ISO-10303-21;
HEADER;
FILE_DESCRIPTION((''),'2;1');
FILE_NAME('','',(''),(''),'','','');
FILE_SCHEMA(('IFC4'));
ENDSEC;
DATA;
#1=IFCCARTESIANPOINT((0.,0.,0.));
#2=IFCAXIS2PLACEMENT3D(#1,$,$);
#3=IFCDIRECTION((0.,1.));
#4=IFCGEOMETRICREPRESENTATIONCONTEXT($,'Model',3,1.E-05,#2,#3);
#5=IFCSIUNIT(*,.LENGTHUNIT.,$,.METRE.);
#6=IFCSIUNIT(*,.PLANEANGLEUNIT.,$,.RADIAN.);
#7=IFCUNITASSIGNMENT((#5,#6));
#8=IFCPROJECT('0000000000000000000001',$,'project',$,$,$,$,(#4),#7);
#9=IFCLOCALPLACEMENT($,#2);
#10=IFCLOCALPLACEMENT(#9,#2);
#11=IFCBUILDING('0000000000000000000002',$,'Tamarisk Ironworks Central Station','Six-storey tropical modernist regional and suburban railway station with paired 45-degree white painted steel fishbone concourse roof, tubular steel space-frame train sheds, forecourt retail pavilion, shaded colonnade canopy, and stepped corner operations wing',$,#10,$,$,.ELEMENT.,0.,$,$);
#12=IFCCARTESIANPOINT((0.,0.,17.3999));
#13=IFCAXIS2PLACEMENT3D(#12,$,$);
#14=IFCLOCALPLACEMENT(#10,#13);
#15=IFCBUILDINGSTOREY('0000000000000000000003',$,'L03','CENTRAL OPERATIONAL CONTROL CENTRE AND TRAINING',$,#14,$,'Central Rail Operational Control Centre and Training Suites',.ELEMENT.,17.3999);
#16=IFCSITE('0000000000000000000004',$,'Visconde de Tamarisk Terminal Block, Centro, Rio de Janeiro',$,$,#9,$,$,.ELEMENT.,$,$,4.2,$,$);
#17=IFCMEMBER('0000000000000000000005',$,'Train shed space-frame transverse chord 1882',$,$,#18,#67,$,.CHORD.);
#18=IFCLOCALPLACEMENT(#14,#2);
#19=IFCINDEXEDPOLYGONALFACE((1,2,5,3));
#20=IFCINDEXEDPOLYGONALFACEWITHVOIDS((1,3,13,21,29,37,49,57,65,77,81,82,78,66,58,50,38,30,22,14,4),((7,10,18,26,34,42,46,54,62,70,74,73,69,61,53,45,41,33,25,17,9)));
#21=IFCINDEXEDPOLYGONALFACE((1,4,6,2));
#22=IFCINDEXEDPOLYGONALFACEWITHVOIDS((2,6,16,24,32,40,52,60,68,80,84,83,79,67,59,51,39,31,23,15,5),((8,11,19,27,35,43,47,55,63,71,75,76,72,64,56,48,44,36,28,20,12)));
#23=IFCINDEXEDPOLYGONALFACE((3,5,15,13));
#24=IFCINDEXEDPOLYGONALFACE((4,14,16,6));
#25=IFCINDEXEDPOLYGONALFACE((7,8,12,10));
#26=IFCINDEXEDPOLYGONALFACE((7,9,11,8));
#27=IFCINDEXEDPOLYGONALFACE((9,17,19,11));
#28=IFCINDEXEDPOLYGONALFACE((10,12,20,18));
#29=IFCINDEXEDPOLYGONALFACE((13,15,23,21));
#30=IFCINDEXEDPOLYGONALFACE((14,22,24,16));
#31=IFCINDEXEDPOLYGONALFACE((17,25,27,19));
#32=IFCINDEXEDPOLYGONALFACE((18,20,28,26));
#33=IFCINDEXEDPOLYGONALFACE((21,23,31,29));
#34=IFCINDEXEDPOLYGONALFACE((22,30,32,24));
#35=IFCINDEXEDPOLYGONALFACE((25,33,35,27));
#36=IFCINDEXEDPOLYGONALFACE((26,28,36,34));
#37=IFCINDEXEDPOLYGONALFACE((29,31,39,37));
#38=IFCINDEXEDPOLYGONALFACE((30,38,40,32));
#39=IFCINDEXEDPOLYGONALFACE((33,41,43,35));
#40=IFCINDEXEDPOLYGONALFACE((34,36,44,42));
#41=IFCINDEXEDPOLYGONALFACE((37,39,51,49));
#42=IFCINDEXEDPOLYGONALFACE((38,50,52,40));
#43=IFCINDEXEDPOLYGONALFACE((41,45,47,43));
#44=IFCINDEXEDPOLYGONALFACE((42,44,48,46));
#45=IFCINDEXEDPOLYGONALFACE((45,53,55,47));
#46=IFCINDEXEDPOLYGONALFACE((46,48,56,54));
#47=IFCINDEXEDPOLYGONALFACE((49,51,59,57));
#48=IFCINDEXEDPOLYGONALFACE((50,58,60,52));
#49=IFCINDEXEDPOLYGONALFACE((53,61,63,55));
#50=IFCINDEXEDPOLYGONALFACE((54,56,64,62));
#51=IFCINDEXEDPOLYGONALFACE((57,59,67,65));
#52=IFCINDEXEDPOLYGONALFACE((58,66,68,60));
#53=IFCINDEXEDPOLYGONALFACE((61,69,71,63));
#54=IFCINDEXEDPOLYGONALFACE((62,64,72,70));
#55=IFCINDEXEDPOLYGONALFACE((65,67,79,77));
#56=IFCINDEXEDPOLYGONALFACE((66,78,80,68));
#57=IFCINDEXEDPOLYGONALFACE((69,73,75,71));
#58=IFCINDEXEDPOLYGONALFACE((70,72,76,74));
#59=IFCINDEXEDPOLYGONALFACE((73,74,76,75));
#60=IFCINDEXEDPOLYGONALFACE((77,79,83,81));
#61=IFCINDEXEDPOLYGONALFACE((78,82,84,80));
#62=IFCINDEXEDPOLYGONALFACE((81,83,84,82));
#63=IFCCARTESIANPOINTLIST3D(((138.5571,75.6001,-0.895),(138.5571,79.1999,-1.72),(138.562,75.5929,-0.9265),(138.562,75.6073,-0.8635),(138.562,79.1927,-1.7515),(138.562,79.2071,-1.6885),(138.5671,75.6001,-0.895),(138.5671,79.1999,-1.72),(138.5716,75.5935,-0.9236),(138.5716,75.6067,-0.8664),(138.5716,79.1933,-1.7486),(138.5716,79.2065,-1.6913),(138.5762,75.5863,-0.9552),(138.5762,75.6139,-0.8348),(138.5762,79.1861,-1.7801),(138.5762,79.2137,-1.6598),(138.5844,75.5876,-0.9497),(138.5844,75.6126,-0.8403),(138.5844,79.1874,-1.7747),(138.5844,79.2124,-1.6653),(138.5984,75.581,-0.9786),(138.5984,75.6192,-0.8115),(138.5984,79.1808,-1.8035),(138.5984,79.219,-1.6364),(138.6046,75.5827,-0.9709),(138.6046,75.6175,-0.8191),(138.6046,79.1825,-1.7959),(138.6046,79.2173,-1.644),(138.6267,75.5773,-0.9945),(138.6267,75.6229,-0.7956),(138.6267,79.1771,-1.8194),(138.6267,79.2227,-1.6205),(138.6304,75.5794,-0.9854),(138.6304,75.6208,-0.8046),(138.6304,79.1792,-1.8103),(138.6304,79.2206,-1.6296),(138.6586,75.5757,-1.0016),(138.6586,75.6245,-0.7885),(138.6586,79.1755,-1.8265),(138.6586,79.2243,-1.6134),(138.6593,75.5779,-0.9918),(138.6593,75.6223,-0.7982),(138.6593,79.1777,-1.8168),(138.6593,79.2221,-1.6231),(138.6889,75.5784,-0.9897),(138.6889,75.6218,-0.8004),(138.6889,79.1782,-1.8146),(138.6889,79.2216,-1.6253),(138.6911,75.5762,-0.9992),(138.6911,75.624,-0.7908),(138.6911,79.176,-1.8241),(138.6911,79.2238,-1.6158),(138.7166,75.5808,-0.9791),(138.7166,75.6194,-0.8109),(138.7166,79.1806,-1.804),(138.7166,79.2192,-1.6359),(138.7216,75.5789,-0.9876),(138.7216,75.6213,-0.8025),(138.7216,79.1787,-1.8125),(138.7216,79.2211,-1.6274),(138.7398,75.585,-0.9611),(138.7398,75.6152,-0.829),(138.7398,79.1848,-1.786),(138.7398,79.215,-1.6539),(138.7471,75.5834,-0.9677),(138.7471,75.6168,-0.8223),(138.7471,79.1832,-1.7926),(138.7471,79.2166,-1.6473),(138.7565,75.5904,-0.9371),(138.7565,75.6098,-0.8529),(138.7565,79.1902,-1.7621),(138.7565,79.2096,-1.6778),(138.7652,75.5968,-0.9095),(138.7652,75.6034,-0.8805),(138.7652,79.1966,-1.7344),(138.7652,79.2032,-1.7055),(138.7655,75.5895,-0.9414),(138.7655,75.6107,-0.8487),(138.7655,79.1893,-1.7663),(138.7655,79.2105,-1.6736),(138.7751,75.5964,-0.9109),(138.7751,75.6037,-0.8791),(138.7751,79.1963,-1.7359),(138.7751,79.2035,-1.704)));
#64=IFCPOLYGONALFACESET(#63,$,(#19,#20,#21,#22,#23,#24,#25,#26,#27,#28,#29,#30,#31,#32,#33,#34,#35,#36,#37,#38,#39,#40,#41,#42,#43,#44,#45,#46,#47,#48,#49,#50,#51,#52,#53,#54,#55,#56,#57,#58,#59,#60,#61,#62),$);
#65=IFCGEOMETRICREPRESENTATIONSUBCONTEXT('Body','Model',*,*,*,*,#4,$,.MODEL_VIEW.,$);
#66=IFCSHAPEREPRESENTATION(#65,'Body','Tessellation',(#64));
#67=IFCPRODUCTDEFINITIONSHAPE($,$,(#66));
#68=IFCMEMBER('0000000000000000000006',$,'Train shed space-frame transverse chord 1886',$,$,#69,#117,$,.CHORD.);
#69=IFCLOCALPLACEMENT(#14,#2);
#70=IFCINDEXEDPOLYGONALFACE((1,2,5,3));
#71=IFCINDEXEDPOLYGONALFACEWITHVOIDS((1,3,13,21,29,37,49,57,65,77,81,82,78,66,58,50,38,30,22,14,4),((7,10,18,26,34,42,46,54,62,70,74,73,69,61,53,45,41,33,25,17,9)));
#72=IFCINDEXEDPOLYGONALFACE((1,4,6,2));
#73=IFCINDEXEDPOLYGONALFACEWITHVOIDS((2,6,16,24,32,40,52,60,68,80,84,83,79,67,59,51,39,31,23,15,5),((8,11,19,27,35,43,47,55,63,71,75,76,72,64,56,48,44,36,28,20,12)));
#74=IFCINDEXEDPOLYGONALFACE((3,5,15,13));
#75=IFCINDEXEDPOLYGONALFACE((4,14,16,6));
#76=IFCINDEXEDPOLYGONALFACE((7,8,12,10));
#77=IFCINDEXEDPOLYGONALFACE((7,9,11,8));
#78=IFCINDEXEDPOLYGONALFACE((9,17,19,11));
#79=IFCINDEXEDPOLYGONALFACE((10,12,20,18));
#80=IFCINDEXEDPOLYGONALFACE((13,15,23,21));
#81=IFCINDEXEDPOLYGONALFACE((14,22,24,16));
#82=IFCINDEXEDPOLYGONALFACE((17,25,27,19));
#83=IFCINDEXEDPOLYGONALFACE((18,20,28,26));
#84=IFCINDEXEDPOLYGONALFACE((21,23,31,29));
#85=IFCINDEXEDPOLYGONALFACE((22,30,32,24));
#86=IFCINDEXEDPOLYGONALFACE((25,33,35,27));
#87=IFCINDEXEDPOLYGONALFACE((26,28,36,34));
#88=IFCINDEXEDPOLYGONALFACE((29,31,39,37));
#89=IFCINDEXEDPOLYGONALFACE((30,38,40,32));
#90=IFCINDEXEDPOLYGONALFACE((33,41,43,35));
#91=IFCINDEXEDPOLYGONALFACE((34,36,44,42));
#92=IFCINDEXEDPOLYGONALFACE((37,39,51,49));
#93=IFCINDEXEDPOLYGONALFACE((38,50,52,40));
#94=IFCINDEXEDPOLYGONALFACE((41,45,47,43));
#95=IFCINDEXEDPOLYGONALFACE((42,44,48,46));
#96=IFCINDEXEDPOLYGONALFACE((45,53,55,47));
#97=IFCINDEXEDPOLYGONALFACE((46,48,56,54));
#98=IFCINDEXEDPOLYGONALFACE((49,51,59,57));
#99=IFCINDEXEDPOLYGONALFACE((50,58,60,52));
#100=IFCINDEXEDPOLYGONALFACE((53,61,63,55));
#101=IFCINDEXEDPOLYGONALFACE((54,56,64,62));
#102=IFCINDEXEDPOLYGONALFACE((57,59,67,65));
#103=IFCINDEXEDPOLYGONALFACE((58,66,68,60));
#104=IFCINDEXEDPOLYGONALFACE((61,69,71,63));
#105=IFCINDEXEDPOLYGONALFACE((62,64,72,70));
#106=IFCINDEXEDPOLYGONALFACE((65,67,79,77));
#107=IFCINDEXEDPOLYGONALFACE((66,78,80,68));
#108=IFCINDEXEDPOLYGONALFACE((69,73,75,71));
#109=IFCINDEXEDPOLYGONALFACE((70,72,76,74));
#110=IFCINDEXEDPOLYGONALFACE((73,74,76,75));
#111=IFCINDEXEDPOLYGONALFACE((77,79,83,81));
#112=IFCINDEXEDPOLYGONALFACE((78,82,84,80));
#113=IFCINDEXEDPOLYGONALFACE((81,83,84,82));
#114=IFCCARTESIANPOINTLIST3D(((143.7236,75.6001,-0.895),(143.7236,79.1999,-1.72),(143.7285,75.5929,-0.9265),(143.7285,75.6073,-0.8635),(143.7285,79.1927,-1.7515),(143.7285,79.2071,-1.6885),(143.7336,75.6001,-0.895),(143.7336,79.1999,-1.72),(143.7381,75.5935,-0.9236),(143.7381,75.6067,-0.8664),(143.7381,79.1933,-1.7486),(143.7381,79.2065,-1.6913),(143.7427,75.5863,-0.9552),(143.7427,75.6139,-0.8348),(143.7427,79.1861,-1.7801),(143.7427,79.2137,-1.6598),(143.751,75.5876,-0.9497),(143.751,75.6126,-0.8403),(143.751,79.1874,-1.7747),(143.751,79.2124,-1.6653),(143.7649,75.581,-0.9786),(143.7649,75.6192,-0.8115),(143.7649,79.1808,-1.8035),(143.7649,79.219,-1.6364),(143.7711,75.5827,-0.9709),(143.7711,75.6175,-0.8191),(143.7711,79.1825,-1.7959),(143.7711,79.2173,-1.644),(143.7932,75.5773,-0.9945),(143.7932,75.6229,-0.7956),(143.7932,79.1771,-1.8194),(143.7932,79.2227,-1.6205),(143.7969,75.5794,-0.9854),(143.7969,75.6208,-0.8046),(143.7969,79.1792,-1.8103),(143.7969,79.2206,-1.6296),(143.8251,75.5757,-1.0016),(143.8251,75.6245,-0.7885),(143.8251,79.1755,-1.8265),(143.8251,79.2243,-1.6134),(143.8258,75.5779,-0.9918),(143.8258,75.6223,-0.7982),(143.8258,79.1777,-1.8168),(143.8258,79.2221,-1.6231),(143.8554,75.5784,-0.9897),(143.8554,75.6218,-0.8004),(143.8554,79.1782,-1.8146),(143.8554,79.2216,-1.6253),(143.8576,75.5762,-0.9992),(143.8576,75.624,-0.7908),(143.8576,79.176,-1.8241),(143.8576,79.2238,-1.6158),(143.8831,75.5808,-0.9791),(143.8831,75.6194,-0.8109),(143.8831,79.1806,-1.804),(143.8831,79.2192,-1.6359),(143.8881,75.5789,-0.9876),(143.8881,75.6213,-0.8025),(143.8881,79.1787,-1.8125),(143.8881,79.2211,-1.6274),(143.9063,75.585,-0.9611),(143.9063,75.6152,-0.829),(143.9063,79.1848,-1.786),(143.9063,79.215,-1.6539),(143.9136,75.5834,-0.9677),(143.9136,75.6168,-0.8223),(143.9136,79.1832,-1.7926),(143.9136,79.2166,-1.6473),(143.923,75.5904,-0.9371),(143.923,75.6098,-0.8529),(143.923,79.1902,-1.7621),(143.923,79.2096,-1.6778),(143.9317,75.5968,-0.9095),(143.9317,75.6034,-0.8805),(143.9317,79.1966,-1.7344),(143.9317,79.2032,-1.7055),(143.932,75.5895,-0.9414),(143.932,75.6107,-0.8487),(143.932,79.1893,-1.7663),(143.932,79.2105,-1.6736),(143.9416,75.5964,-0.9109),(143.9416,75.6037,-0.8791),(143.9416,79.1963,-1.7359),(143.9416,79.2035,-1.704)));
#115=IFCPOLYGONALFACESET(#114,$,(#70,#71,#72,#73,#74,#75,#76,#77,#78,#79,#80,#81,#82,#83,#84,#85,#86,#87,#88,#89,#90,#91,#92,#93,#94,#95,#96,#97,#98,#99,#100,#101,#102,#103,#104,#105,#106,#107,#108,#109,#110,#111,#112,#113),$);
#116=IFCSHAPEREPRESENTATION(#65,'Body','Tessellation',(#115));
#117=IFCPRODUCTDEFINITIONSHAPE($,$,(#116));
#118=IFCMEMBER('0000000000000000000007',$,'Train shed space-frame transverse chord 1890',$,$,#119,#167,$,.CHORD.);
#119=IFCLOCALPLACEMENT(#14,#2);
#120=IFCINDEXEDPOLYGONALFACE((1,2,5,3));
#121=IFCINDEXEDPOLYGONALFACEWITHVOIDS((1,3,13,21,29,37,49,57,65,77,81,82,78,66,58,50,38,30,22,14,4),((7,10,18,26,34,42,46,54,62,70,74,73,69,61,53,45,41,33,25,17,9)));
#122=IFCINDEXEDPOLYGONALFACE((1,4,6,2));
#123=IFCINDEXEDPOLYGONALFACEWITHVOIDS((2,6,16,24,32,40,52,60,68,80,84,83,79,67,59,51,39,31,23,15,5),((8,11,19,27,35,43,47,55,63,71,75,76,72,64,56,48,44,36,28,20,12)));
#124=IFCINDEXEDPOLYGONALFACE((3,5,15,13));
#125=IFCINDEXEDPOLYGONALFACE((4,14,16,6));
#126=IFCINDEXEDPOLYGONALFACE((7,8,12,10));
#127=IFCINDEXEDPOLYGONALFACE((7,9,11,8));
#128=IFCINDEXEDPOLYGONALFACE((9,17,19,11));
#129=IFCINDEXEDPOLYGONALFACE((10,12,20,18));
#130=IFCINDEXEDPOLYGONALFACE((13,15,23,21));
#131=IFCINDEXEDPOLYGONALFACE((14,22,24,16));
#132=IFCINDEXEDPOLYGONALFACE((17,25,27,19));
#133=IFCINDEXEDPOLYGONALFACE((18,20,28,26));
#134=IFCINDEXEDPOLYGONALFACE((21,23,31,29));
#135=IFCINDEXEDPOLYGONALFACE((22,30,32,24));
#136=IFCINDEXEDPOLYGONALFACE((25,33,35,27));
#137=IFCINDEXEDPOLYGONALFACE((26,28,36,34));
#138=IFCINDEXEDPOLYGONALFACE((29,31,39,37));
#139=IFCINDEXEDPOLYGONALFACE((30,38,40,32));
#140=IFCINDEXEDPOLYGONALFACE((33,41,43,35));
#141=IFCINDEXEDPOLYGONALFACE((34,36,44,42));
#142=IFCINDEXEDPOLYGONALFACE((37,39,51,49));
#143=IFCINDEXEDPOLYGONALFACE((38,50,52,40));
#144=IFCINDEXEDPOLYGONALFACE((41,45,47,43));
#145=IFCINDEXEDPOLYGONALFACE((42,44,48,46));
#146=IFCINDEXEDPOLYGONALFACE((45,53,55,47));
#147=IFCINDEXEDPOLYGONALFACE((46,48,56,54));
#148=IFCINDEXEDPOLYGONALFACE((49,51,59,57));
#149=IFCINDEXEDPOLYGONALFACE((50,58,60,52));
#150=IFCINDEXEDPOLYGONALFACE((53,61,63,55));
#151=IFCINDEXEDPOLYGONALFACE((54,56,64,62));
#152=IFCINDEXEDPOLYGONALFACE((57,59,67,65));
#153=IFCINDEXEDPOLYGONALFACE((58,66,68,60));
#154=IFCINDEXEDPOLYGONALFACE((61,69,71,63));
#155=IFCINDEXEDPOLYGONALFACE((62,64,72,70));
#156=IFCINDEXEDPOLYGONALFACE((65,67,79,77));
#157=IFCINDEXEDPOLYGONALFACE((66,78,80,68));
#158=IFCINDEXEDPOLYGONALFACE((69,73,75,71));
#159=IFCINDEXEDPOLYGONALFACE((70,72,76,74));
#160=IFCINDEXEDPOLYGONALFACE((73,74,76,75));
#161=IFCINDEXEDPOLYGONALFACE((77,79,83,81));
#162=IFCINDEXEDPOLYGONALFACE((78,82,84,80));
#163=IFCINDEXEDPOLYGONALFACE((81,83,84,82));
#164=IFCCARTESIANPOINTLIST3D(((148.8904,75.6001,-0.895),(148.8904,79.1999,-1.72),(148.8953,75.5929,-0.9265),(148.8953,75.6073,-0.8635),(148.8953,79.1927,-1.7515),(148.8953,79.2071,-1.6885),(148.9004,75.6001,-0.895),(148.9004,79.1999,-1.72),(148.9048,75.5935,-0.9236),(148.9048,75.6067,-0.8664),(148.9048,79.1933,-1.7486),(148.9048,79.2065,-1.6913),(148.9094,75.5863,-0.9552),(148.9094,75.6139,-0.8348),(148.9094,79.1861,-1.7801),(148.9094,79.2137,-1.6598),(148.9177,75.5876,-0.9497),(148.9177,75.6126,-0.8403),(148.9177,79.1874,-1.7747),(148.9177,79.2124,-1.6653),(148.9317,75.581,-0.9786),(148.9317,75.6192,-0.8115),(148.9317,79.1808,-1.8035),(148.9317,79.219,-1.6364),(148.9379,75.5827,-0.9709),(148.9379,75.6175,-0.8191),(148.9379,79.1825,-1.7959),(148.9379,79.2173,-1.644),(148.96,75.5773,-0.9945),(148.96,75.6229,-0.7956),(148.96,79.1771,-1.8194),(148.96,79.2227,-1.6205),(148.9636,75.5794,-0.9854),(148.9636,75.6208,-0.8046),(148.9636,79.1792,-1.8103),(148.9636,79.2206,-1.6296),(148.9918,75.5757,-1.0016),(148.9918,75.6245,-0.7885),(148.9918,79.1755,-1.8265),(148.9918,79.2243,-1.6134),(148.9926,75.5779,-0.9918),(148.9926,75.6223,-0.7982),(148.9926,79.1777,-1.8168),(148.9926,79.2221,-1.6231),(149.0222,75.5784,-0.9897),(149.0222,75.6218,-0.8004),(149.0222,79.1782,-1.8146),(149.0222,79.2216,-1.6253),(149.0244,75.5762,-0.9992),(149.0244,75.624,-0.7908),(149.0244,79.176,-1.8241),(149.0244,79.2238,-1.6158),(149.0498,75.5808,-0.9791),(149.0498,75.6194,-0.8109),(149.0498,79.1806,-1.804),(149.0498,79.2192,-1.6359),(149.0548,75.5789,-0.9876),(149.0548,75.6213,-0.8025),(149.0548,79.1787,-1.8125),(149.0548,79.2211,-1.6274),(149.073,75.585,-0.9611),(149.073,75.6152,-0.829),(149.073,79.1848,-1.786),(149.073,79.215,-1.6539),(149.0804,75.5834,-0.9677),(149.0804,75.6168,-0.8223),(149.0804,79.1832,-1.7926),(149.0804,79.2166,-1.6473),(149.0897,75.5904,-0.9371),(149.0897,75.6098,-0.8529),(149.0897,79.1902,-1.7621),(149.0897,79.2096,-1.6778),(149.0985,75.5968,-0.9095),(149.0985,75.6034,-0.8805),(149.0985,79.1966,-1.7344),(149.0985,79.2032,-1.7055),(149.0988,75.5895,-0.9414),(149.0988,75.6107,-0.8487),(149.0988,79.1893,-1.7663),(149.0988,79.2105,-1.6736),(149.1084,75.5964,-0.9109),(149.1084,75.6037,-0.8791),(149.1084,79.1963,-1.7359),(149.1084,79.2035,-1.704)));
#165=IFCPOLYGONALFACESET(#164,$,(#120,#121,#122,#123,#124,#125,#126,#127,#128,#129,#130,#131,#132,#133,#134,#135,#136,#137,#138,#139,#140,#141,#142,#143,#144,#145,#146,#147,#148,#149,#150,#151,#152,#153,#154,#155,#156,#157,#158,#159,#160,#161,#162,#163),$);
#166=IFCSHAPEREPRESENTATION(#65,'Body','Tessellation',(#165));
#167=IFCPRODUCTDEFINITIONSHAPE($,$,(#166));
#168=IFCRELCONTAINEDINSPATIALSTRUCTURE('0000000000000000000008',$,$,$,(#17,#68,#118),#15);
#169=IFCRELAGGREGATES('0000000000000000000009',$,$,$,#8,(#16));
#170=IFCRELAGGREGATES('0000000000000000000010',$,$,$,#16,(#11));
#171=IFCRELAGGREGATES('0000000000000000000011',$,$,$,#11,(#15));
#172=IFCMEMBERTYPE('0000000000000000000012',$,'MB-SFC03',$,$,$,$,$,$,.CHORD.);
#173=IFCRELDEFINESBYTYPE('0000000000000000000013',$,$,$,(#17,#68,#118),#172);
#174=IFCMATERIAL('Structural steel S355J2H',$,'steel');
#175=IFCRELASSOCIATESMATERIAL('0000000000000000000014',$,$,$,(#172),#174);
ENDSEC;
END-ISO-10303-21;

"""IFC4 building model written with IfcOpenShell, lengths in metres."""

from ifc_helpers import new_model, si_unit, direction, frame, origin, origin_2d, place, context, subcontext, project, spatial, hollow_circle, extrude, material, material_profile, profile_set, type_object, element, save


model = new_model("IFC4")

# Units and contexts
model_context = context("Model", 3, precision=1e-05, world=origin(), true_north=direction((0.0, 1.0)))
body_context = subcontext(model_context, "Body", "Model", "MODEL_VIEW")
ifc_project = project(units=[si_unit("LENGTHUNIT", "METRE"), si_unit("PLANEANGLEUNIT", "RADIAN")], contexts=[model_context])

# Site, building, storey
site_placement = place(None, origin())
site = spatial("IfcSite", under=ifc_project, at=site_placement, Name="Visconde de Tamarisk Terminal Block, Centro, Rio de Janeiro", CompositionType="ELEMENT", RefElevation=4.2)
building_placement = place(site_placement, origin())
building = spatial("IfcBuilding", under=site, at=building_placement, Name="Tamarisk Ironworks Central Station", Description="Six-storey tropical modernist regional and suburban railway station with paired 45-degree white painted steel fishbone concourse roof, tubular steel space-frame train sheds, forecourt retail pavilion, shaded colonnade canopy, and stepped corner operations wing", CompositionType="ELEMENT", ElevationOfRefHeight=0.0)
storey_placement = place(building_placement, frame((0.0, 0.0, 17.3999)))
storey = spatial("IfcBuildingStorey", under=building, at=storey_placement, Name="L03", Description="CENTRAL OPERATIONAL CONTROL CENTRE AND TRAINING", LongName="Central Rail Operational Control Centre and Training Suites", CompositionType="ELEMENT", Elevation=17.3999)

# Members
ifc_material = material(Name="Structural steel S355J2H", Category="steel")
ifc_material_profile_1 = material_profile(ifc_material, hollow_circle(Radius=0.1096, WallThickness=0.01, at=origin_2d()), Name="CHS 219.1x10")
ifc_profile_set_1 = profile_set([ifc_material_profile_1], Name="Structural steel S355J2H")
member_type_1 = type_object("IfcMemberType", Name="MB-SFC03", PredefinedType="CHORD", material=ifc_profile_set_1)
for number, where, z_axis, x_axis, name in (
    (1, (138.6667, 75.6001, -0.895), (0.0, 0.974733, -0.223372), (-1.0, 0.0, 0.0), "Train shed space-frame transverse chord 1882"),
    (2, (143.8333, 75.6001, -0.895), (0.0, 0.974733, -0.223372), (-1.0, 0.0, 0.0), "Train shed space-frame transverse chord 1886"),
    (3, (149.0, 75.6001, -0.895), (0.0, 0.974733, -0.223372), (-1.0, 0.0, 0.0), "Train shed space-frame transverse chord 1890"),
):
    element("IfcMember", number, at=place(storey_placement, frame(where, z_axis=z_axis, x_axis=x_axis)), inside=storey, type_object=member_type_1, Name=name, PredefinedType="CHORD", context=body_context, shape_type="SweptSolid", body=[
        extrude(hollow_circle(Radius=0.1096, WallThickness=0.01, at=origin_2d()), origin(), (0.0, 0.0, 1.0), 3.6931),
    ])

save(model, "model.ifc")
